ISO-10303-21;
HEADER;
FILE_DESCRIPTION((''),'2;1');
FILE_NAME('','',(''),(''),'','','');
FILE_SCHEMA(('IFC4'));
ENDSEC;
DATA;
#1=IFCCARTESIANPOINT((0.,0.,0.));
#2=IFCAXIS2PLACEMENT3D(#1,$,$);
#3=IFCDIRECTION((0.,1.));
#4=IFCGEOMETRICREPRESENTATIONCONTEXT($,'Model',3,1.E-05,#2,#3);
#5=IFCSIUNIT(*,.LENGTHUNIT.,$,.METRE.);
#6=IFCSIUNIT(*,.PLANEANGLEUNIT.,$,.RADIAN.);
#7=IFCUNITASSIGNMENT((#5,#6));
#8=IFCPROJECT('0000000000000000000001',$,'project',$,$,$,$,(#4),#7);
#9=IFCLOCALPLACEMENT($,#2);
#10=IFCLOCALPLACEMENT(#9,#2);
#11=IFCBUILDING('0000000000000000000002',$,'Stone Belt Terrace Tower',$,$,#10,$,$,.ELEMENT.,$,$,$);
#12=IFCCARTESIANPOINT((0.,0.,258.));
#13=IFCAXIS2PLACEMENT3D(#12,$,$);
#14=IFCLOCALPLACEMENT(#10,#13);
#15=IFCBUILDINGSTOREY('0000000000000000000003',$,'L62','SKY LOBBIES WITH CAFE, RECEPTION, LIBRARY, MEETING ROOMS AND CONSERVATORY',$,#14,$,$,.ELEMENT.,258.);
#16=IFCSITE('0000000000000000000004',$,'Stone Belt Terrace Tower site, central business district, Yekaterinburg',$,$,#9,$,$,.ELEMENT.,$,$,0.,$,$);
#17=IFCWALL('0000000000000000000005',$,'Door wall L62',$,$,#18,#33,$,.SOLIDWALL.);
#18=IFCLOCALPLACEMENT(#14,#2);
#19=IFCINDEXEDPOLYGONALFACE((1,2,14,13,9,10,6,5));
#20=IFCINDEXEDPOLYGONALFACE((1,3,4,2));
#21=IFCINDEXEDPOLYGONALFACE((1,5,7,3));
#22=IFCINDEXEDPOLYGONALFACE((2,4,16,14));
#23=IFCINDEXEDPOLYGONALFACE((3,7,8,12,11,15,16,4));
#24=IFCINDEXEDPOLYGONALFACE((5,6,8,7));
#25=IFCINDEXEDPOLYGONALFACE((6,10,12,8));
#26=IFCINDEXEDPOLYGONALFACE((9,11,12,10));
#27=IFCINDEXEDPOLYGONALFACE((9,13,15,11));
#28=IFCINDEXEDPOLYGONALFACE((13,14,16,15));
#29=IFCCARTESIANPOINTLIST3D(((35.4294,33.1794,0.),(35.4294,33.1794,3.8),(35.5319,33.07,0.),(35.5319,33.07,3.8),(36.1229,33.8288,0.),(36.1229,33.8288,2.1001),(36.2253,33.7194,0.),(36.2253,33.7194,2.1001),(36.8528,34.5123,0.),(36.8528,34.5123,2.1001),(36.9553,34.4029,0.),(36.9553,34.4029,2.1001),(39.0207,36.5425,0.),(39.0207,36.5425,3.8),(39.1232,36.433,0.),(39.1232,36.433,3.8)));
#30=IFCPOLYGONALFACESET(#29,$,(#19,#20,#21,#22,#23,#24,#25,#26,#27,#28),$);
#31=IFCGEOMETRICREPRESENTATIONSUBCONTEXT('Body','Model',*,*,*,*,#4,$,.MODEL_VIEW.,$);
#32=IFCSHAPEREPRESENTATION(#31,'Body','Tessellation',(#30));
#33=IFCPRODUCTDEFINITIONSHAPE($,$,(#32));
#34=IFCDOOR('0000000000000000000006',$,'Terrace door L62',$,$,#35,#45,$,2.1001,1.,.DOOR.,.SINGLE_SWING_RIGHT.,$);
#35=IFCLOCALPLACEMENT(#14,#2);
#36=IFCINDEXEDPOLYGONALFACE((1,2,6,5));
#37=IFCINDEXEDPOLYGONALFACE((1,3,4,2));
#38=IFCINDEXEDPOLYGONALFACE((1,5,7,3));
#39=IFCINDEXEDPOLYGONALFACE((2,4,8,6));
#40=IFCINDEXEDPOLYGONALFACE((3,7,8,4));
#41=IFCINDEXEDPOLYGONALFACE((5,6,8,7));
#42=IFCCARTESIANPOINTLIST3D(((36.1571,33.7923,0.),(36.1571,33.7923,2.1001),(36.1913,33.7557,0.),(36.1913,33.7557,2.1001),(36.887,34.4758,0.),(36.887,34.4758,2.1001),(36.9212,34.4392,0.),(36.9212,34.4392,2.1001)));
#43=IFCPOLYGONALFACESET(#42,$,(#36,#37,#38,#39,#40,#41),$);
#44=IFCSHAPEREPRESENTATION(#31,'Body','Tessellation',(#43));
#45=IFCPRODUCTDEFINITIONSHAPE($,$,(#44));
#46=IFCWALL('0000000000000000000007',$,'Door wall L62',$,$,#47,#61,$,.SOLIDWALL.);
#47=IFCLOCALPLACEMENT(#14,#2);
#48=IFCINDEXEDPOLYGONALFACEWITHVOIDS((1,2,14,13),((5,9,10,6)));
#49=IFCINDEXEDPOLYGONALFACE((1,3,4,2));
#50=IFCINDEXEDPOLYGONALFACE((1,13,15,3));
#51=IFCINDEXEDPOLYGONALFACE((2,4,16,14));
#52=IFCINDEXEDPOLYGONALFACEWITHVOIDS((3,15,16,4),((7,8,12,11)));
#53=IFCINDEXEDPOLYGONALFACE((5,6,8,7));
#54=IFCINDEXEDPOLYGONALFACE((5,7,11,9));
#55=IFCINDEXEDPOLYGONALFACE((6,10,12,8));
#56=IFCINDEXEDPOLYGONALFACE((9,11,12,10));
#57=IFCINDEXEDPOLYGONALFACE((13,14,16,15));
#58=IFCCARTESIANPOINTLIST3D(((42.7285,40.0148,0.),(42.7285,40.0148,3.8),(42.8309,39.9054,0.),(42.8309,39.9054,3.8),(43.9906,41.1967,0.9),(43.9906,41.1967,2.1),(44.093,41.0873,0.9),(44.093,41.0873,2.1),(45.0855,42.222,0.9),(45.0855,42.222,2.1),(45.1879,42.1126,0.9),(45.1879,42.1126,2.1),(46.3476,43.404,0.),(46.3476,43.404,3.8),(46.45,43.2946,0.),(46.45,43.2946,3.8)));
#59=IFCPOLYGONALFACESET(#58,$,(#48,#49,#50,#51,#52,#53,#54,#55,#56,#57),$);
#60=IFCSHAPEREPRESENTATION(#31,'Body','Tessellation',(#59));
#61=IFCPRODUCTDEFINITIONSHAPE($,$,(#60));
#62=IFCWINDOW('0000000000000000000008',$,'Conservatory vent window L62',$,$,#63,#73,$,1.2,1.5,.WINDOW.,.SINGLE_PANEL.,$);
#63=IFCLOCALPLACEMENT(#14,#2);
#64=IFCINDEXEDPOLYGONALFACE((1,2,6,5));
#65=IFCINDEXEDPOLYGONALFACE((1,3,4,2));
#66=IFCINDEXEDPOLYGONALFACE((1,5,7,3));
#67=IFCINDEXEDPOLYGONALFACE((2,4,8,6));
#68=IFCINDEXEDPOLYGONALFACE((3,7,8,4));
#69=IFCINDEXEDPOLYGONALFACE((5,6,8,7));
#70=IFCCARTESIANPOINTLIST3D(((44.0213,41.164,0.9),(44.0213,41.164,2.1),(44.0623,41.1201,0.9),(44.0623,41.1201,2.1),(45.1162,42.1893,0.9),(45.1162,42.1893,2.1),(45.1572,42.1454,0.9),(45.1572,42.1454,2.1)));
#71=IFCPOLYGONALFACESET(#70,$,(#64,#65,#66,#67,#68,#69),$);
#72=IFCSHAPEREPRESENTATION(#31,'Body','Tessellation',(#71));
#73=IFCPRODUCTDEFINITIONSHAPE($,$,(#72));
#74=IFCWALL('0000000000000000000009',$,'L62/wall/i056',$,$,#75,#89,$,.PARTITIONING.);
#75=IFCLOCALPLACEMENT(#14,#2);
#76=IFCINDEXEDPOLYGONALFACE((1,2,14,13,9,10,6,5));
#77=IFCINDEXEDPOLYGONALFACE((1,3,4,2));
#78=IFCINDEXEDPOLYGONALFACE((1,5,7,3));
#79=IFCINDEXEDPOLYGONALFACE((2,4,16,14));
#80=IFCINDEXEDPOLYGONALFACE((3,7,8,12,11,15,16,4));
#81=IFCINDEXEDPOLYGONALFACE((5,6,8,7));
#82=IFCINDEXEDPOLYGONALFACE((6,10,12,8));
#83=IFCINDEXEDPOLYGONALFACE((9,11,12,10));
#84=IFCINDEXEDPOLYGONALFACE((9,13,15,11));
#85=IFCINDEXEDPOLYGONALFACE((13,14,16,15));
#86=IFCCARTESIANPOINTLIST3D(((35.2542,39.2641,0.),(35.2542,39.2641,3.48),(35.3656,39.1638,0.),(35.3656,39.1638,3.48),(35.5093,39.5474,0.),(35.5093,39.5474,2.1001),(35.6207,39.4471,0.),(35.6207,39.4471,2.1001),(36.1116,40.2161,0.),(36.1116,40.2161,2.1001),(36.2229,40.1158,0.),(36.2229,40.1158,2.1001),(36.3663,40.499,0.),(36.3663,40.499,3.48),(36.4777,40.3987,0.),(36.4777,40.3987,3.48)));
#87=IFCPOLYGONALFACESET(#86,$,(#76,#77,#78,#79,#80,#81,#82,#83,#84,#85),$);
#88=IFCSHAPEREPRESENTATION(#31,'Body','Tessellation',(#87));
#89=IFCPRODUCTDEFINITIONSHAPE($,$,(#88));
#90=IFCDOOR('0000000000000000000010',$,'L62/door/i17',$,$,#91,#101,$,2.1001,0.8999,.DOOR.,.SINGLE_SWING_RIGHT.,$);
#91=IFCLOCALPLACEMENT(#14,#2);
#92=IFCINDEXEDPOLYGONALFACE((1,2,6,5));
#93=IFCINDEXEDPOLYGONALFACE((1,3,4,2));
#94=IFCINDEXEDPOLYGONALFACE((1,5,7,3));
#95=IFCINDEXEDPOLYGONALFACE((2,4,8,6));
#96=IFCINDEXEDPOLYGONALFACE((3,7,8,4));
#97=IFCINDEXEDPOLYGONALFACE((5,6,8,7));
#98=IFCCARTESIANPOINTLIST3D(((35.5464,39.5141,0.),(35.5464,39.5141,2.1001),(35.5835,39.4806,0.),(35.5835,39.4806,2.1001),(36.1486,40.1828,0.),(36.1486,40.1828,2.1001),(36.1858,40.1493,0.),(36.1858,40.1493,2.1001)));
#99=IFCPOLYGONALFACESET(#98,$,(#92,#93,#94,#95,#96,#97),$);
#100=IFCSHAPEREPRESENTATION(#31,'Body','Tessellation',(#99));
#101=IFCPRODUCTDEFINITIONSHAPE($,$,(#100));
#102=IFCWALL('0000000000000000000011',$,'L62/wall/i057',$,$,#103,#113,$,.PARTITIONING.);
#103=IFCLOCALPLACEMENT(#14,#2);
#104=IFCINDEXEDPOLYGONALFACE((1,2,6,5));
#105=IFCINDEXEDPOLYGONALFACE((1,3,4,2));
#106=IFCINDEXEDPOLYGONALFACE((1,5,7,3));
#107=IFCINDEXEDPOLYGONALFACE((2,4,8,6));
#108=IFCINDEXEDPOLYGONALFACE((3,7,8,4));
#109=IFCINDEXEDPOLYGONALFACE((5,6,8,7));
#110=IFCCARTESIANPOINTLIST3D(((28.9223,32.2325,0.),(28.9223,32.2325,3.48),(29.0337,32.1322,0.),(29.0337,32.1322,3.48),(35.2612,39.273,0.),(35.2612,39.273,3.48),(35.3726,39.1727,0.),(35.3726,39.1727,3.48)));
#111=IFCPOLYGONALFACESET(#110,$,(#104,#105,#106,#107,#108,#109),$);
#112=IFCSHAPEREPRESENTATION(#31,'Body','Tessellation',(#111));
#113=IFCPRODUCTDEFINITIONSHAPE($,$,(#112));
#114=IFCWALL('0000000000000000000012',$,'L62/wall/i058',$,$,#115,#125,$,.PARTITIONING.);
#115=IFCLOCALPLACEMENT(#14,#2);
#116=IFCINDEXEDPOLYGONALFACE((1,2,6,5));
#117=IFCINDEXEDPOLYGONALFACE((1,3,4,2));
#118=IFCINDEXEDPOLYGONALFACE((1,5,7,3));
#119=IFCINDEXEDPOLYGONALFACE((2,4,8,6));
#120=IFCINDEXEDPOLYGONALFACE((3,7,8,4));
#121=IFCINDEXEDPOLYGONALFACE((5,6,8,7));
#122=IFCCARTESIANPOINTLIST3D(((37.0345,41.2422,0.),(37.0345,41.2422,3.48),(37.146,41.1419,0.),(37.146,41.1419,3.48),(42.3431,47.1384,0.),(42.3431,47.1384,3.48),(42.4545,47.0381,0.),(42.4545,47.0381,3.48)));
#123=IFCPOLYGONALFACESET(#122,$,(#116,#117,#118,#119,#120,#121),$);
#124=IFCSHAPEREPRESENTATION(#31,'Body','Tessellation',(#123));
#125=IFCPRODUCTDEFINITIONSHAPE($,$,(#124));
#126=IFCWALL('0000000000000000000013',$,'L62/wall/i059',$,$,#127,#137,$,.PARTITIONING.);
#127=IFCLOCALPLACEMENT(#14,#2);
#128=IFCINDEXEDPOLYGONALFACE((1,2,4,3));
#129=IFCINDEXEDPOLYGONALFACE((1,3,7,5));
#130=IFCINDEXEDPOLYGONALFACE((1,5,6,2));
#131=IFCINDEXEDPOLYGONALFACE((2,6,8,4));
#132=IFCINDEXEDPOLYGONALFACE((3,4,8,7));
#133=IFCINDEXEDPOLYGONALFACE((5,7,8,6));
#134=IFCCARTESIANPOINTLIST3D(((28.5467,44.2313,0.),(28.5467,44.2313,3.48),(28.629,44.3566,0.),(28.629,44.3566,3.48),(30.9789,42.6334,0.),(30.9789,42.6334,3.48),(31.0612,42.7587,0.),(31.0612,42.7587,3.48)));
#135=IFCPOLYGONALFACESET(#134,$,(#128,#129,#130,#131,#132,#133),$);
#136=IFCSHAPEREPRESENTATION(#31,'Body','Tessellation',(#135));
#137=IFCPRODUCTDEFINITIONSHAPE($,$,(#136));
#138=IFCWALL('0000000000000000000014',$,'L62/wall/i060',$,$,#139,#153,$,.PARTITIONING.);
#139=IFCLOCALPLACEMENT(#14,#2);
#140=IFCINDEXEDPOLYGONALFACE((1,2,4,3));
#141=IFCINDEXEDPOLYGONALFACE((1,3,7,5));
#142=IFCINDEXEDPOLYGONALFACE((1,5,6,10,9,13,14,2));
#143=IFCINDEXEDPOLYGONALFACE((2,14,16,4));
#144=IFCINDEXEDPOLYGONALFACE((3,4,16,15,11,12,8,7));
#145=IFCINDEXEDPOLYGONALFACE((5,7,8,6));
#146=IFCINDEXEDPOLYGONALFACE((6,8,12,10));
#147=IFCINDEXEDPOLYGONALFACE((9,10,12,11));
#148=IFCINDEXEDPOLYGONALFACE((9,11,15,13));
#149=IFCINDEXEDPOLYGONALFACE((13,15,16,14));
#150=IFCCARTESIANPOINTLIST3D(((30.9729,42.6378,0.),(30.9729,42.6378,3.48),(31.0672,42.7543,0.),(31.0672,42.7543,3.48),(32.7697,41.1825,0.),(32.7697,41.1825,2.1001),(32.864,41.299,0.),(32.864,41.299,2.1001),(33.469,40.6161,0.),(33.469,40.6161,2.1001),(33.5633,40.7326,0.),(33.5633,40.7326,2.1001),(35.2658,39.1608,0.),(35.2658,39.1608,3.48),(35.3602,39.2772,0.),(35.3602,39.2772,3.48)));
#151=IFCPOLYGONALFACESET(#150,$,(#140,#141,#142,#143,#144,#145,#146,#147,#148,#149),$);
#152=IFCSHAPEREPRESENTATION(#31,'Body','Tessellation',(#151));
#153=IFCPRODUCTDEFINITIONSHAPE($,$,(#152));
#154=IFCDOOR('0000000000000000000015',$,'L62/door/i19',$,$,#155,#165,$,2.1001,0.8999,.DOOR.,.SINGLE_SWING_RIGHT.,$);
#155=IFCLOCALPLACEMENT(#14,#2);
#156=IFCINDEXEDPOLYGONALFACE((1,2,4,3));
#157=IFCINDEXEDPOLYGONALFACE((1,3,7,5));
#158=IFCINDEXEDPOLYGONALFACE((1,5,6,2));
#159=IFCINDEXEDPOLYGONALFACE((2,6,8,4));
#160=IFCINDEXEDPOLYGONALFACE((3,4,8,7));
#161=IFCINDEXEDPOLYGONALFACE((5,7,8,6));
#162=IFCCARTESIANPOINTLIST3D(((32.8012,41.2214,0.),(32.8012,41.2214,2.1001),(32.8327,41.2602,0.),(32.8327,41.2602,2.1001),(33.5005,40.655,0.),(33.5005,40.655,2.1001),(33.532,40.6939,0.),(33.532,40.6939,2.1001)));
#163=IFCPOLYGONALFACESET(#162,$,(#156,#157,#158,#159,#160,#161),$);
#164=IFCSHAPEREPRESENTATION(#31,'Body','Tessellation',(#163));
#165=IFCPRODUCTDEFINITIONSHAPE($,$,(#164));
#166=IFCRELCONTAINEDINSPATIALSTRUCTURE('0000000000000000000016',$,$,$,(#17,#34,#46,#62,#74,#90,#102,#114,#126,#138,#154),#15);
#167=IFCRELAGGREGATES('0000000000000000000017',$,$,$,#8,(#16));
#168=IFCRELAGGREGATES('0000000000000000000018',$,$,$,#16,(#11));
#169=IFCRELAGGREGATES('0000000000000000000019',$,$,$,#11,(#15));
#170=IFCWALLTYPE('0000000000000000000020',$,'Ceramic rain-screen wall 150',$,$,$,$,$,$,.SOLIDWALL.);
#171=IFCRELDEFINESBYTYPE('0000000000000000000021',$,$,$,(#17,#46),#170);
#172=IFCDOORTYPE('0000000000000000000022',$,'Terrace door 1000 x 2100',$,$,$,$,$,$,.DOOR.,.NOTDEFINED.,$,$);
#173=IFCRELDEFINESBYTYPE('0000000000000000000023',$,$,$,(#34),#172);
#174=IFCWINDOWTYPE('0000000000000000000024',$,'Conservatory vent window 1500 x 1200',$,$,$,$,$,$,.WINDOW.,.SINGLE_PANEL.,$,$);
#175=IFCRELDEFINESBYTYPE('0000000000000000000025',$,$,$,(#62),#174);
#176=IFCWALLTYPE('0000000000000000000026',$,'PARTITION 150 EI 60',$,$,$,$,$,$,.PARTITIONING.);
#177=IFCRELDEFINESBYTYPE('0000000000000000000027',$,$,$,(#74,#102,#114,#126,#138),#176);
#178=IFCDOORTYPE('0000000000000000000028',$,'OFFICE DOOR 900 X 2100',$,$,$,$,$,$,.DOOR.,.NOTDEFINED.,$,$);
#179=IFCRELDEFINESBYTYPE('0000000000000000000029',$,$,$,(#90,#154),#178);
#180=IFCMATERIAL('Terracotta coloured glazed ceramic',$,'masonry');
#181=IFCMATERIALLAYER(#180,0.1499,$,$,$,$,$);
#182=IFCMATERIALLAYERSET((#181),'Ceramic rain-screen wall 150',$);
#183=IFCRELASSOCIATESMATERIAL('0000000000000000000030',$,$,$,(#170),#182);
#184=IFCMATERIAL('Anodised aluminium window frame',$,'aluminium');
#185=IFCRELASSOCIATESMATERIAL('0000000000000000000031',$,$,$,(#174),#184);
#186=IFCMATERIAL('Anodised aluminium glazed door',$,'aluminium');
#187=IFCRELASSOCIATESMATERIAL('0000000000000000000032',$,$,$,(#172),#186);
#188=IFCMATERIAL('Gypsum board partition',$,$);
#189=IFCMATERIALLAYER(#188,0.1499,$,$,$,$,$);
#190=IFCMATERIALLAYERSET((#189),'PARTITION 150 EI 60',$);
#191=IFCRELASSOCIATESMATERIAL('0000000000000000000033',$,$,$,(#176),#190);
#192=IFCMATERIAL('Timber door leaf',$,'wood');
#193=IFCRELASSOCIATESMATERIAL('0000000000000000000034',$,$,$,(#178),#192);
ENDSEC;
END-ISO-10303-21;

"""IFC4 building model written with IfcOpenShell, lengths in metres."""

from ifc_helpers import new_model, si_unit, direction, frame, frame_2d, origin, place, context, subcontext, project, spatial, rectangle, extrude, material, layer, layer_set, type_object, element, fill, save


model = new_model("IFC4")

# Units and contexts
model_context = context("Model", 3, precision=1e-05, world=origin(), true_north=direction((0.0, 1.0)))
body_context = subcontext(model_context, "Body", "Model", "MODEL_VIEW")
ifc_project = project(units=[si_unit("LENGTHUNIT", "METRE"), si_unit("PLANEANGLEUNIT", "RADIAN")], contexts=[model_context])

# Site, building, storey
site_placement = place(None, origin())
site = spatial("IfcSite", under=ifc_project, at=site_placement, Name="Stone Belt Terrace Tower site, central business district, Yekaterinburg", CompositionType="ELEMENT", RefElevation=0.0)
building_placement = place(site_placement, origin())
building = spatial("IfcBuilding", under=site, at=building_placement, Name="Stone Belt Terrace Tower", CompositionType="ELEMENT")
storey_placement = place(building_placement, frame((0.0, 0.0, 258.0)))
storey = spatial("IfcBuildingStorey", under=building, at=storey_placement, Name="L62", Description="SKY LOBBIES WITH CAFE, RECEPTION, LIBRARY, MEETING ROOMS AND CONSERVATORY", CompositionType="ELEMENT", Elevation=258.0)

# Shared definitions
ifc_material_1 = material(Name="Terracotta coloured glazed ceramic", Category="masonry")
ifc_layer_1 = layer(ifc_material_1, 0.1499)
ifc_layer_set_1 = layer_set([ifc_layer_1], Name="Ceramic rain-screen wall 150")
wall_type_1 = type_object("IfcWallType", Name="Ceramic rain-screen wall 150", PredefinedType="SOLIDWALL", material=ifc_layer_set_1)
ifc_material_2 = material(Name="Anodised aluminium window frame", Category="aluminium")
window_type = type_object("IfcWindowType", Name="Conservatory vent window 1500 x 1200", PartitioningType="SINGLE_PANEL", PredefinedType="WINDOW", material=ifc_material_2)

# Wall, opening, door
wall_1_placement = place(storey_placement, frame((35.4807, 33.1248, 0.0), z_axis=(0.0, 0.0, 1.0), x_axis=(0.729924, 0.683528, 0.0)))
wall_1 = element("IfcWall", 1, at=wall_1_placement, inside=storey, type_object=wall_type_1, Name="Door wall L62", PredefinedType="SOLIDWALL", context=body_context, shape_type="SweptSolid", body=[
    extrude(rectangle(XDim=4.9202, YDim=0.1499, at=frame_2d((2.46, 0.0))), origin(), (0.0, 0.0, 1.0), 3.8),
])
opening_1_placement = place(wall_1_placement, frame((0.95, 0.0, 0.0)))
opening_1 = element("IfcOpeningElement", 2, at=opening_1_placement, cuts=wall_1, PredefinedType="OPENING", context=body_context, shape_type="SweptSolid", body=[
    extrude(rectangle(XDim=1.0, YDim=2.1001, at=frame_2d((0.5, 1.05))), frame((0.0, 0.085, 0.0), z_axis=(0.0, -1.0, 0.0), x_axis=(1.0, 0.0, 0.0)), (0.0, 0.0, 1.0), 0.1699),
])
ifc_material_3 = material(Name="Anodised aluminium glazed door", Category="aluminium")
door_type_1 = type_object("IfcDoorType", Name="Terrace door 1000 x 2100", OperationType="NOTDEFINED", PredefinedType="DOOR", material=ifc_material_3)
door_1_placement = place(opening_1_placement, origin())
door_1 = element("IfcDoor", 3, at=door_1_placement, inside=storey, type_object=door_type_1, Name="Terrace door L62", OperationType="SINGLE_SWING_RIGHT", OverallHeight=2.1001, OverallWidth=1.0, PredefinedType="DOOR", context=body_context, shape_type="SweptSolid", body=[
    extrude(rectangle(XDim=1.0, YDim=2.1001, at=frame_2d((0.5, 1.05))), frame((0.0, 0.0249, 0.0), z_axis=(0.0, -1.0, 0.0), x_axis=(1.0, 0.0, 0.0)), (0.0, 0.0, 1.0), 0.05),
])
fill(opening_1, door_1)

# Wall, opening, window
wall_2_placement = place(storey_placement, frame((42.7798, 39.9602, 0.0), z_axis=(0.0, 0.0, 1.0), x_axis=(0.729918, 0.683535, 0.0)))
wall_2 = element("IfcWall", 4, at=wall_2_placement, inside=storey, type_object=wall_type_1, Name="Door wall L62", PredefinedType="SOLIDWALL", context=body_context, shape_type="SweptSolid", body=[
    extrude(rectangle(XDim=4.9583, YDim=0.1499, at=frame_2d((2.479, 0.0))), origin(), (0.0, 0.0, 1.0), 3.8),
])
opening_2_placement = place(wall_2_placement, frame((1.729, 0.0, 0.8999)))
opening_2 = element("IfcOpeningElement", 5, at=opening_2_placement, cuts=wall_2, PredefinedType="OPENING", context=body_context, shape_type="SweptSolid", body=[
    extrude(rectangle(XDim=1.5, YDim=1.2, at=frame_2d((0.75, 0.6001))), frame((0.0, 0.085, 0.0), z_axis=(0.0, -1.0, 0.0), x_axis=(1.0, 0.0, 0.0)), (0.0, 0.0, 1.0), 0.1699),
])
window_1_placement = place(opening_2_placement, origin())
window_1 = element("IfcWindow", 6, at=window_1_placement, inside=storey, type_object=window_type, Name="Conservatory vent window L62", OverallHeight=1.2, OverallWidth=1.5, PartitioningType="SINGLE_PANEL", PredefinedType="WINDOW", context=body_context, shape_type="SweptSolid", body=[
    extrude(rectangle(XDim=1.5, YDim=1.2, at=frame_2d((0.75, 0.6001))), frame((0.0, 0.03, 0.0), z_axis=(0.0, -1.0, 0.0), x_axis=(1.0, 0.0, 0.0)), (0.0, 0.0, 1.0), 0.0601),
])
fill(opening_2, window_1)

# Wall, opening, door
ifc_material_4 = material(Name="Gypsum board partition")
ifc_layer_2 = layer(ifc_material_4, 0.1499)
ifc_layer_set_2 = layer_set([ifc_layer_2], Name="PARTITION 150 EI 60")
wall_type_2 = type_object("IfcWallType", Name="PARTITION 150 EI 60", PredefinedType="PARTITIONING", material=ifc_layer_set_2)
wall_3_placement = place(storey_placement, frame((36.4221, 40.449, 0.0), z_axis=(0.0, 0.0, 1.0), x_axis=(-0.669192, -0.74309, 0.0)))
wall_3 = element("IfcWall", 7, at=wall_3_placement, inside=storey, type_object=wall_type_2, Name="L62/wall/i056", PredefinedType="PARTITIONING", context=body_context, shape_type="SweptSolid", body=[
    extrude(rectangle(XDim=1.6619, YDim=0.1499, at=frame_2d((0.8311, 0.0))), origin(), (0.0, 0.0, 1.0), 3.48),
])
opening_3_placement = place(wall_3_placement, frame((0.3809, 0.0, 0.0)))
opening_3 = element("IfcOpeningElement", 8, at=opening_3_placement, cuts=wall_3, PredefinedType="OPENING", context=body_context, shape_type="SweptSolid", body=[
    extrude(rectangle(XDim=0.8999, YDim=2.1001, at=frame_2d((0.45, 1.05))), frame((0.0, 0.085, 0.0), z_axis=(0.0, -1.0, 0.0), x_axis=(1.0, 0.0, 0.0)), (0.0, 0.0, 1.0), 0.1699),
])
ifc_material_5 = material(Name="Timber door leaf", Category="wood")
door_type_2 = type_object("IfcDoorType", Name="OFFICE DOOR 900 X 2100", OperationType="NOTDEFINED", PredefinedType="DOOR", material=ifc_material_5)
door_2_placement = place(opening_3_placement, origin())
door_2 = element("IfcDoor", 9, at=door_2_placement, inside=storey, type_object=door_type_2, Name="L62/door/i17", OperationType="SINGLE_SWING_RIGHT", OverallHeight=2.1001, OverallWidth=0.8999, PredefinedType="DOOR", context=body_context, shape_type="SweptSolid", body=[
    extrude(rectangle(XDim=0.8999, YDim=2.1001, at=frame_2d((0.45, 1.05))), frame((0.0, 0.0249, 0.0), z_axis=(0.0, -1.0, 0.0), x_axis=(1.0, 0.0, 0.0)), (0.0, 0.0, 1.0), 0.05),
])
fill(opening_3, door_2)

# Walls
wall_4_placement = place(storey_placement, frame((28.978, 32.1824, 0.0), z_axis=(0.0, 0.0, 1.0), x_axis=(0.669104, 0.743169, 0.0)))
element("IfcWall", 10, at=wall_4_placement, inside=storey, type_object=wall_type_2, Name="L62/wall/i057", PredefinedType="PARTITIONING", context=body_context, shape_type="SweptSolid", body=[
    extrude(rectangle(XDim=9.4736, YDim=0.1499, at=frame_2d((4.7368, 0.0))), origin(), (0.0, 0.0, 1.0), 3.48),
])
wall_5_placement = place(storey_placement, frame((37.0903, 41.1921, 0.0), z_axis=(0.0, 0.0, 1.0), x_axis=(0.669102, 0.74317, 0.0)))
element("IfcWall", 11, at=wall_5_placement, inside=storey, type_object=wall_type_2, Name="L62/wall/i058", PredefinedType="PARTITIONING", context=body_context, shape_type="SweptSolid", body=[
    extrude(rectangle(XDim=7.9338, YDim=0.1499, at=frame_2d((3.9668, 0.0))), origin(), (0.0, 0.0, 1.0), 3.48),
])
wall_6_placement = place(storey_placement, frame((31.02, 42.696, 0.0), z_axis=(0.0, 0.0, 1.0), x_axis=(-0.835762, 0.549093, 0.0)))
element("IfcWall", 12, at=wall_6_placement, inside=storey, type_object=wall_type_2, Name="L62/wall/i059", PredefinedType="PARTITIONING", context=body_context, shape_type="SweptSolid", body=[
    extrude(rectangle(XDim=2.9102, YDim=0.1499, at=frame_2d((1.4551, 0.0))), origin(), (0.0, 0.0, 1.0), 3.48),
])

# Wall, opening, door
wall_7_placement = place(storey_placement, frame((35.313, 39.219, 0.0), z_axis=(0.0, 0.0, 1.0), x_axis=(-0.777086, 0.629394, 0.0)))
wall_7 = element("IfcWall", 13, at=wall_7_placement, inside=storey, type_object=wall_type_2, Name="L62/wall/i060", PredefinedType="PARTITIONING", context=body_context, shape_type="SweptSolid", body=[
    extrude(rectangle(XDim=5.5244, YDim=0.1499, at=frame_2d((2.7622, 0.0))), origin(), (0.0, 0.0, 1.0), 3.48),
])
opening_4_placement = place(wall_7_placement, frame((2.3123, 0.0, 0.0)))
opening_4 = element("IfcOpeningElement", 14, at=opening_4_placement, cuts=wall_7, PredefinedType="OPENING", context=body_context, shape_type="SweptSolid", body=[
    extrude(rectangle(XDim=0.8999, YDim=2.1001, at=frame_2d((0.45, 1.05))), frame((0.0, 0.085, 0.0), z_axis=(0.0, -1.0, 0.0), x_axis=(1.0, 0.0, 0.0)), (0.0, 0.0, 1.0), 0.1699),
])
door_3_placement = place(opening_4_placement, origin())
door_3 = element("IfcDoor", 15, at=door_3_placement, inside=storey, type_object=door_type_2, Name="L62/door/i19", OperationType="SINGLE_SWING_RIGHT", OverallHeight=2.1001, OverallWidth=0.8999, PredefinedType="DOOR", context=body_context, shape_type="SweptSolid", body=[
    extrude(rectangle(XDim=0.8999, YDim=2.1001, at=frame_2d((0.45, 1.05))), frame((0.0, 0.0249, 0.0), z_axis=(0.0, -1.0, 0.0), x_axis=(1.0, 0.0, 0.0)), (0.0, 0.0, 1.0), 0.05),
])
fill(opening_4, door_3)

save(model, "model.ifc")
